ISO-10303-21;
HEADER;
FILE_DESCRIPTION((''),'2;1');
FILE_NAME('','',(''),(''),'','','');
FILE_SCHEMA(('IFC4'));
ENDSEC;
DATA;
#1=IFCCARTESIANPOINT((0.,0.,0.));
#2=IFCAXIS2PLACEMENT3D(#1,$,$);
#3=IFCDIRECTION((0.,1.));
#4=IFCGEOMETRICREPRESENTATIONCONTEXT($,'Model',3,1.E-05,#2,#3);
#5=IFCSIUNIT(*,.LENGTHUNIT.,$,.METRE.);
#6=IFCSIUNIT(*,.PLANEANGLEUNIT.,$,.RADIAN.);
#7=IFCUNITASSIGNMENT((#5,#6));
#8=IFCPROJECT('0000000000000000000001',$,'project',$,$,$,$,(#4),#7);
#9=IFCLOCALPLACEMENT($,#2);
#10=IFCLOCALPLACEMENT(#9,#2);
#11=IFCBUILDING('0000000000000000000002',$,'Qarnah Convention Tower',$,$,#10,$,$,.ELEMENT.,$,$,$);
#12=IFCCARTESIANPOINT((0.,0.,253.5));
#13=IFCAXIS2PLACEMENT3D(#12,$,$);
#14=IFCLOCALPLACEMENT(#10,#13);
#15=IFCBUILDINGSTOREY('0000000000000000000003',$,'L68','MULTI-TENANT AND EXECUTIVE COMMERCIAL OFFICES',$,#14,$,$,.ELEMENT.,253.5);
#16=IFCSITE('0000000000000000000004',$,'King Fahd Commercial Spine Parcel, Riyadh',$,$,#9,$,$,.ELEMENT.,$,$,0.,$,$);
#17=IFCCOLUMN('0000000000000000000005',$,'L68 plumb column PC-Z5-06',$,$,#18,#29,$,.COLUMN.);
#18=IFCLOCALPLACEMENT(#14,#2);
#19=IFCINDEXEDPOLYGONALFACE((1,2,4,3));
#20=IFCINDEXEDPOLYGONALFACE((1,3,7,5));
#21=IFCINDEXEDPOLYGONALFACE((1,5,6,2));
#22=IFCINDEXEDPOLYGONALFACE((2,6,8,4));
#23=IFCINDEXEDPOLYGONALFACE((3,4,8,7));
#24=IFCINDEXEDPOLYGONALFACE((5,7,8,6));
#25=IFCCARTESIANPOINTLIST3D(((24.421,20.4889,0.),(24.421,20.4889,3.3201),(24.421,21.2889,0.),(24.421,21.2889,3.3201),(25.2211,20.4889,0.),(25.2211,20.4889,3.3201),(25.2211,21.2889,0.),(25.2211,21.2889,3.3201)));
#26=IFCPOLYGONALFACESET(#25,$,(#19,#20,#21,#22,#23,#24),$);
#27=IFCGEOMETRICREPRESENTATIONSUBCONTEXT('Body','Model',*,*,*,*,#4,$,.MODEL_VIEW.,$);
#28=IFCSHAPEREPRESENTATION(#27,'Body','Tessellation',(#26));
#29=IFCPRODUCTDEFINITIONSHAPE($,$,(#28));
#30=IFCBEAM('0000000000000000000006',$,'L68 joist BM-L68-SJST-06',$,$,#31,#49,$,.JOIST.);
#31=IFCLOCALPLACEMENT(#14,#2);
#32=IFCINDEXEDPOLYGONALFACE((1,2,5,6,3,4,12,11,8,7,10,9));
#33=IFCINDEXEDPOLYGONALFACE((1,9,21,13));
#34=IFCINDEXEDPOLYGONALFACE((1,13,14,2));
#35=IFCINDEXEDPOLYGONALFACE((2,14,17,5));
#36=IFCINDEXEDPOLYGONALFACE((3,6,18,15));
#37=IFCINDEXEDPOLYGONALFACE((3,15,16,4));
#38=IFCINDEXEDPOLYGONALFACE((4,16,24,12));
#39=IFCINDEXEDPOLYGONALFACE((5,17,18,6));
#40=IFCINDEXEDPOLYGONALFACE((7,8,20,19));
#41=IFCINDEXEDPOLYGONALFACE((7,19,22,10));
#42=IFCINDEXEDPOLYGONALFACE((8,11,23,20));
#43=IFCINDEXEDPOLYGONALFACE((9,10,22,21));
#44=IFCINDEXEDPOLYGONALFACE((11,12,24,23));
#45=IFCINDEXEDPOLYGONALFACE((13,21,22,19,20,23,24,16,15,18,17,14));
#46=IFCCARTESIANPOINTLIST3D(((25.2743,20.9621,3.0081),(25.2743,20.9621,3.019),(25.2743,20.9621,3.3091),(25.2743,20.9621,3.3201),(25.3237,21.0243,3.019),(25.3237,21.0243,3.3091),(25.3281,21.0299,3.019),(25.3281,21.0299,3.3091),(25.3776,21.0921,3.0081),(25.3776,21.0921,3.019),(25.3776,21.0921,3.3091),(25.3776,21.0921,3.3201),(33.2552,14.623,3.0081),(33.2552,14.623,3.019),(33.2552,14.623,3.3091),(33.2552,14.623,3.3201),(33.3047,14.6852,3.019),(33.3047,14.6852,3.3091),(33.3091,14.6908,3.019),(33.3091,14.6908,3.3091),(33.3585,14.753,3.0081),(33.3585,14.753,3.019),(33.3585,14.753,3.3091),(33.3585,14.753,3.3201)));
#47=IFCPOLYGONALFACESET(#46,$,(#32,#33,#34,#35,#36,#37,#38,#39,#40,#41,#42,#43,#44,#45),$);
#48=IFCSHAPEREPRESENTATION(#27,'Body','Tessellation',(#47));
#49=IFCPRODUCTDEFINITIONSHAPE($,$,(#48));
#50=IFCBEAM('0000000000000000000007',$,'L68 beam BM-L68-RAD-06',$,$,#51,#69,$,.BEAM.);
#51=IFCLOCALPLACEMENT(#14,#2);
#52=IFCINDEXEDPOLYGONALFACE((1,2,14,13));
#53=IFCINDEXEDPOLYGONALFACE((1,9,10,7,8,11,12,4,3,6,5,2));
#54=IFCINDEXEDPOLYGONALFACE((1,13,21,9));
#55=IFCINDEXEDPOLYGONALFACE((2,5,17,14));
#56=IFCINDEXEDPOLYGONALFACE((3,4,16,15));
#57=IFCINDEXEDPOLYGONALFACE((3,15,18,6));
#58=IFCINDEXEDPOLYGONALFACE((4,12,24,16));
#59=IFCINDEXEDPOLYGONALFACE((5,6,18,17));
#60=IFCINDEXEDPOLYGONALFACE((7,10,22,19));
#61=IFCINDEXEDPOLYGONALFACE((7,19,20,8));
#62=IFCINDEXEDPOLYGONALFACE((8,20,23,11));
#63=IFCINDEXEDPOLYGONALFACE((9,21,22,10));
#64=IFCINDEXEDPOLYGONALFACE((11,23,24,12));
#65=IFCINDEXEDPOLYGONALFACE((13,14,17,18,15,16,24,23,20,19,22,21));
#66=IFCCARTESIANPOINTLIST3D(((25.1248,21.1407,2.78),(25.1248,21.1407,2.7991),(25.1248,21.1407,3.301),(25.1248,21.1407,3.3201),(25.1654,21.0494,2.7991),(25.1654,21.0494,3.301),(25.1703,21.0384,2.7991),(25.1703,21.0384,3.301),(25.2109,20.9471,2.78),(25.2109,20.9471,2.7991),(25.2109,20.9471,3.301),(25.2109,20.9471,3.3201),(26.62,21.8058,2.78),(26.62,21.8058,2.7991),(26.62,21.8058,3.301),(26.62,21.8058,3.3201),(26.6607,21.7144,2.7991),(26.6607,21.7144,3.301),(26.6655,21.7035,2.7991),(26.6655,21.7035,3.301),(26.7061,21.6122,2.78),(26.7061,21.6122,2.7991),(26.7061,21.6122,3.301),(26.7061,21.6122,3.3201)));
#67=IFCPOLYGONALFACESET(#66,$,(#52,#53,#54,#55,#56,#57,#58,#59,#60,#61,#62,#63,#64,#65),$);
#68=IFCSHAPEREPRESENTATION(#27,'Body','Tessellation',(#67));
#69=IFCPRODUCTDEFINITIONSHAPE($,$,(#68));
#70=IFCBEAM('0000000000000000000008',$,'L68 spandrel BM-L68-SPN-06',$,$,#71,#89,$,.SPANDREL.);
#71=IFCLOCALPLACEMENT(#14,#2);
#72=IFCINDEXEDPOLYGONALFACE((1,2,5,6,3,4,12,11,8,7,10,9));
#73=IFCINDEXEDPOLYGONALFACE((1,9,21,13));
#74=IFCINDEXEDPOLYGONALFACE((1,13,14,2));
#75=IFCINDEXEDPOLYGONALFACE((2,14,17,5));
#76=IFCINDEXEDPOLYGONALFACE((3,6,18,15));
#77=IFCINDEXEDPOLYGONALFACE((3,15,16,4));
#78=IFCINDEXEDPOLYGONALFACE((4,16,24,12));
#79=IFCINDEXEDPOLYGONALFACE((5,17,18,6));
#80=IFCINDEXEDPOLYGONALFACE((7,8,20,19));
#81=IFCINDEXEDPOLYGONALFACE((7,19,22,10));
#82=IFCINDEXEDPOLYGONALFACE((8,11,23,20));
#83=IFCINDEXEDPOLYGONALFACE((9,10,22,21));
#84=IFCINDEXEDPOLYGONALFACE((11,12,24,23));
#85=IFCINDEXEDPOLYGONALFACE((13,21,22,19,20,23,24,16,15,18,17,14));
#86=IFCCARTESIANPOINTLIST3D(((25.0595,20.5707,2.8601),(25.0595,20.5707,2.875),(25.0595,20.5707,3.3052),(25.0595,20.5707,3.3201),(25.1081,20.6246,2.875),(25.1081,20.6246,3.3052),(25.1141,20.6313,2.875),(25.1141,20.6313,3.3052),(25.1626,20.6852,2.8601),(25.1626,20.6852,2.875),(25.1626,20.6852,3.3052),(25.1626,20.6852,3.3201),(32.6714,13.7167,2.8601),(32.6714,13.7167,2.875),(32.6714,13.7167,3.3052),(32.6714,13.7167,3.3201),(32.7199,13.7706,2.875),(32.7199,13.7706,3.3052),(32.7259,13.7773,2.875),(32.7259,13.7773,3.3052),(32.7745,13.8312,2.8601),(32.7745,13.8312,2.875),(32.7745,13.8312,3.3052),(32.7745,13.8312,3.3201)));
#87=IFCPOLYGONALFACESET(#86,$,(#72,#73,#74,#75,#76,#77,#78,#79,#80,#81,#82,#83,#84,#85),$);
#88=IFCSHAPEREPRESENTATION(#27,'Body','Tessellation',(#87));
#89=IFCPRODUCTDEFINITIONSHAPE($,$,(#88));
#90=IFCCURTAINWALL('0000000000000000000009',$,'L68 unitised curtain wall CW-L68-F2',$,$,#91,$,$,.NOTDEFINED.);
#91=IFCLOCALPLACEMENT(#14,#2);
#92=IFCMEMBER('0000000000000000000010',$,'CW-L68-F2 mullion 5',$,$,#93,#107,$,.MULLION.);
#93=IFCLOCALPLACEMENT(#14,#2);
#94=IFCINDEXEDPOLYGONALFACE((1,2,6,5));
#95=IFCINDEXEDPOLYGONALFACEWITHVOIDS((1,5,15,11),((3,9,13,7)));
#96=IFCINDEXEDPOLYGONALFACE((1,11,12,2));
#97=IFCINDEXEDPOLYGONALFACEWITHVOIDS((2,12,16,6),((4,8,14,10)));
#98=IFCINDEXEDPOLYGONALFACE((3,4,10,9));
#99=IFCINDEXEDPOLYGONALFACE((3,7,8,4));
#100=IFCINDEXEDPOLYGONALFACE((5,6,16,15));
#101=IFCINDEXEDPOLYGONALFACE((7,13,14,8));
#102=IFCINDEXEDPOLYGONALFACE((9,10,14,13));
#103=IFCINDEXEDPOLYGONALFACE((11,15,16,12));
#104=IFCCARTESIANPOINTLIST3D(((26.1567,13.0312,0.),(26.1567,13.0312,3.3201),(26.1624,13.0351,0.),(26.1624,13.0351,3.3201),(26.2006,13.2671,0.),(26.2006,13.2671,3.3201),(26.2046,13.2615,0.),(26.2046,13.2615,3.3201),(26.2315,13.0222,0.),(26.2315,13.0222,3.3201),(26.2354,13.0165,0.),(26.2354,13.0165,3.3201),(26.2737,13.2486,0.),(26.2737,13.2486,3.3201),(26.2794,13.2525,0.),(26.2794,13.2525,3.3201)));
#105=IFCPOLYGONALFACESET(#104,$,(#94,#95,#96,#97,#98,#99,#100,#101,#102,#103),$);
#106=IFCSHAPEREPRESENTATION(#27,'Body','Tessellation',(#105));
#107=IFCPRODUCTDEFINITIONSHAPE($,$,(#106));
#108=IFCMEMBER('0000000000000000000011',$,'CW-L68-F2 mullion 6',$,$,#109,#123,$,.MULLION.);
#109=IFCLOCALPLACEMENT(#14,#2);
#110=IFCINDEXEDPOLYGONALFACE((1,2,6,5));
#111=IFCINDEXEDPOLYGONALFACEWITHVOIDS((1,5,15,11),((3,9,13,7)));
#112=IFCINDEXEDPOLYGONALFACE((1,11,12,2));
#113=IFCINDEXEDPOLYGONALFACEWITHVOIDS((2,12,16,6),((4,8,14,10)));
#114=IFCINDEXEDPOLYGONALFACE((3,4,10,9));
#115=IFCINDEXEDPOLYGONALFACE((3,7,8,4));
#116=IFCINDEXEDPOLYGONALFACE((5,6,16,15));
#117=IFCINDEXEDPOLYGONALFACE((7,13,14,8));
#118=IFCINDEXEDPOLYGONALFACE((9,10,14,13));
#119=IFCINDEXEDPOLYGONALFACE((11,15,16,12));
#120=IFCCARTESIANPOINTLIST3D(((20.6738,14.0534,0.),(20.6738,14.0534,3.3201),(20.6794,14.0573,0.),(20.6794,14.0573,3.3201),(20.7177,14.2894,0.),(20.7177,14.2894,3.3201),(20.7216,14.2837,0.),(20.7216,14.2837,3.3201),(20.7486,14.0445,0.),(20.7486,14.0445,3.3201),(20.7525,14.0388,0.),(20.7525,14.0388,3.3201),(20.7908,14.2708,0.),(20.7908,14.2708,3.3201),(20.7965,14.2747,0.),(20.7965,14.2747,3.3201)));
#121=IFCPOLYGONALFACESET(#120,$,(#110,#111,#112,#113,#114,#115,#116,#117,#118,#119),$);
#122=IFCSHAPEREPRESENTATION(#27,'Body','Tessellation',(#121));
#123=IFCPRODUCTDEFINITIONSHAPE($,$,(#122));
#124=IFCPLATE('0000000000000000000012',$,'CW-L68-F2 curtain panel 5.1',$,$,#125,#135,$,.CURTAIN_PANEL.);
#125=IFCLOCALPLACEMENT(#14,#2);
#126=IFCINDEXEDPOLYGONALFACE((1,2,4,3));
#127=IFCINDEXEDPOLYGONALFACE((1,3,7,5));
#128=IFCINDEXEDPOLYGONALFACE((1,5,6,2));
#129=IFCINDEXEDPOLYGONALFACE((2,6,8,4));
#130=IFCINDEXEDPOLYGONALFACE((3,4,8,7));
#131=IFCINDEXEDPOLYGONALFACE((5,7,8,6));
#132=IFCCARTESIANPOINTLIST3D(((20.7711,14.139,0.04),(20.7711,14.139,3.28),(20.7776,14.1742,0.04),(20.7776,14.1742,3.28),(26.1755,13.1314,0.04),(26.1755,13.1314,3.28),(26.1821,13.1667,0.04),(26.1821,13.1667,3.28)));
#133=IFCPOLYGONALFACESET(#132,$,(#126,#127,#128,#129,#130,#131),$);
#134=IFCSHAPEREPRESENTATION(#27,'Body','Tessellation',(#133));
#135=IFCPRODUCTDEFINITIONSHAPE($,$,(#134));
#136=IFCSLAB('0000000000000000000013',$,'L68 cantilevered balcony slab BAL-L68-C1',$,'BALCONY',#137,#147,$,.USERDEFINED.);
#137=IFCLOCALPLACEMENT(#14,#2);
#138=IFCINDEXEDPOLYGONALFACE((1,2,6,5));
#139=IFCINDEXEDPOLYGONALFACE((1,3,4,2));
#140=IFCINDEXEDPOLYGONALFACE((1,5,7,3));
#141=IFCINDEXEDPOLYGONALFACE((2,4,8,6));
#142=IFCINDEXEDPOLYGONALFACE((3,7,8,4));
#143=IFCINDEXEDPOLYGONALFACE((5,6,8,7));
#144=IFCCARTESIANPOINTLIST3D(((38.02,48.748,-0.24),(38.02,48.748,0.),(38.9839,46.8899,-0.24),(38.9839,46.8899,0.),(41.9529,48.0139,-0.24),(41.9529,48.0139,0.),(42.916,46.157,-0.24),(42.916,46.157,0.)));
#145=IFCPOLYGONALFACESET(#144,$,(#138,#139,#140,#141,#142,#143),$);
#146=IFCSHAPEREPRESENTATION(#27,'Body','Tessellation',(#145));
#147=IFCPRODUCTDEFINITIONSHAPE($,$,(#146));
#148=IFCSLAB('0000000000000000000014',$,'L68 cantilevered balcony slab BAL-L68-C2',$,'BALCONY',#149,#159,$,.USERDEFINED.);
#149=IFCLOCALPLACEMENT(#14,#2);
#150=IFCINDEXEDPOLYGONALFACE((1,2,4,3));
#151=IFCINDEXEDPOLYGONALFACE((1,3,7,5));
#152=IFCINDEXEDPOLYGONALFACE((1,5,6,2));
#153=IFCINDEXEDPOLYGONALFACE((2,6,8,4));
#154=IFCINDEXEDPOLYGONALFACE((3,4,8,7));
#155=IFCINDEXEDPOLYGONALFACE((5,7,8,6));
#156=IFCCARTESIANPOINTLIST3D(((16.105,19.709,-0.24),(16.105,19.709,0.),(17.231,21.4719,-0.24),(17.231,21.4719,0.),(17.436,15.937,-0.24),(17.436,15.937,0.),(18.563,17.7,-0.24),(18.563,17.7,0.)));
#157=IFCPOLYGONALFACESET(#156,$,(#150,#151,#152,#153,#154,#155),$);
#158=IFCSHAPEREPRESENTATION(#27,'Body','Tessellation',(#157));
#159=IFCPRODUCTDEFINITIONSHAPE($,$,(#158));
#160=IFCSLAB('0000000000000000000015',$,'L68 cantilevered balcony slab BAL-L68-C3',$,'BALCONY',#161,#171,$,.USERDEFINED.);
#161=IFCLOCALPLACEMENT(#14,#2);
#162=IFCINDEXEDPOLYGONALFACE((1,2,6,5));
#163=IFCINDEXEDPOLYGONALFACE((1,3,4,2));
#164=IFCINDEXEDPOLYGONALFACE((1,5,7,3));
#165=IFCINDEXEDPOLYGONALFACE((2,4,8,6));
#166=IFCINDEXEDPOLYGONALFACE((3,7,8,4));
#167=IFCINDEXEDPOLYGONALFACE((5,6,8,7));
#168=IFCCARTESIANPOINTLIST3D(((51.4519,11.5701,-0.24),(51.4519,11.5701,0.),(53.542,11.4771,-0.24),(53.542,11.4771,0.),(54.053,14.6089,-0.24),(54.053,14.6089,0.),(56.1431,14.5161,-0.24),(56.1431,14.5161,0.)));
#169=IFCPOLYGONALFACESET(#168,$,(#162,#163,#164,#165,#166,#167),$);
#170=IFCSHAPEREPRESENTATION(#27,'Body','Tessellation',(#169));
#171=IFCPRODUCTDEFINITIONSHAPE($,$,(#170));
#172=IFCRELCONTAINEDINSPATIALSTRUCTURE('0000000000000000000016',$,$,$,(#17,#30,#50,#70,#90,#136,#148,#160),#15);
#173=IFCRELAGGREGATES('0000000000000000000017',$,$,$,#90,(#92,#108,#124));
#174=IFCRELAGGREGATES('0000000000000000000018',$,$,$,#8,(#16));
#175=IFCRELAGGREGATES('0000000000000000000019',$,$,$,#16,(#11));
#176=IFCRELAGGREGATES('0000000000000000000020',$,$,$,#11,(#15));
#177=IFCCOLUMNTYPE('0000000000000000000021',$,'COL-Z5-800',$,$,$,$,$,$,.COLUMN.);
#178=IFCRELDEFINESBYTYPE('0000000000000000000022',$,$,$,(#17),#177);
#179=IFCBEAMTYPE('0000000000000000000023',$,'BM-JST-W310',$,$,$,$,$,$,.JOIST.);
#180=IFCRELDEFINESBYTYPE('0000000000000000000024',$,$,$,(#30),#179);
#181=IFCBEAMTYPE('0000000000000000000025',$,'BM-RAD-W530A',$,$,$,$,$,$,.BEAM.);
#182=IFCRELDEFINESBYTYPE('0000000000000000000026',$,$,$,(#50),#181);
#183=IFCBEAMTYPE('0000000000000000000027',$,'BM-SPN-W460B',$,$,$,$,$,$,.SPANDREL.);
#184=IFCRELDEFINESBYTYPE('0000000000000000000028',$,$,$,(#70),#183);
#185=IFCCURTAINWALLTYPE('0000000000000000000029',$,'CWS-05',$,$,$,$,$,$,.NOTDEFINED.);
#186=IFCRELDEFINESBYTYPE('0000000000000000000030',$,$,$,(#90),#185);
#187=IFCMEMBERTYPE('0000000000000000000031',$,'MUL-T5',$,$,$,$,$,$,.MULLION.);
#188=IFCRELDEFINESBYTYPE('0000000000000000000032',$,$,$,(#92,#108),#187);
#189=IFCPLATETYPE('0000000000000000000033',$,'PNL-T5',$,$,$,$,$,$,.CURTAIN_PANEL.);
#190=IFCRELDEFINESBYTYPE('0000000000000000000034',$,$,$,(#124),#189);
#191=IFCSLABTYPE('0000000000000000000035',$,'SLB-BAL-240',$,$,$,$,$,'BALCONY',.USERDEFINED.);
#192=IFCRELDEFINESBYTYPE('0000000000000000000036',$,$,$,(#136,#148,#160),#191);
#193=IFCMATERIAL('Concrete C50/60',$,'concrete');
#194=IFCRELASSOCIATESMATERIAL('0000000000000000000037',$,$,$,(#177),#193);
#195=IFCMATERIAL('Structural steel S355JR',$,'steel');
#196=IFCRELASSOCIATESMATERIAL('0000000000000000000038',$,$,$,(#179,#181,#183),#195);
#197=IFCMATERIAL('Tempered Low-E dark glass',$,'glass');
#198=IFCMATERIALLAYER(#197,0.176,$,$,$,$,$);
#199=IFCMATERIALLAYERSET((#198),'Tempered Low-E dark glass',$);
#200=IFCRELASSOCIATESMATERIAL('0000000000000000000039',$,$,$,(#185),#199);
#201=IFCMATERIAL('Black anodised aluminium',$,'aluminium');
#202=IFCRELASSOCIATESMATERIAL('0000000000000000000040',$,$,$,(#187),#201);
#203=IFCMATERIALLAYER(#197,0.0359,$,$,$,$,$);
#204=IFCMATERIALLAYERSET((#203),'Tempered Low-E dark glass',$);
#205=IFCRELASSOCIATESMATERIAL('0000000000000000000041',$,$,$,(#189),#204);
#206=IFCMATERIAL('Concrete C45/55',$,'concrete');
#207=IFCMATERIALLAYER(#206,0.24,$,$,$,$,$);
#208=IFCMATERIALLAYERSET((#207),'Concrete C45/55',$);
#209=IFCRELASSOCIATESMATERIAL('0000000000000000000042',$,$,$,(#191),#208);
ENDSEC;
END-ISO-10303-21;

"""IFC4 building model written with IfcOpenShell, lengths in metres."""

from ifc_helpers import new_model, si_unit, direction, frame, origin, origin_2d, place, context, subcontext, project, spatial, polyline, rectangle, hollow_rectangle, i_section, outline, extrude, material, layer, layer_set, material_profile, profile_set, type_object, element, aggregate, save


model = new_model("IFC4")

# Units and contexts
model_context = context("Model", 3, precision=1e-05, world=origin(), true_north=direction((0.0, 1.0)))
body_context = subcontext(model_context, "Body", "Model", "MODEL_VIEW")
ifc_project = project(units=[si_unit("LENGTHUNIT", "METRE"), si_unit("PLANEANGLEUNIT", "RADIAN")], contexts=[model_context])

# Site, building, storey
site_placement = place(None, origin())
site = spatial("IfcSite", under=ifc_project, at=site_placement, Name="King Fahd Commercial Spine Parcel, Riyadh", CompositionType="ELEMENT", RefElevation=0.0)
building_placement = place(site_placement, origin())
building = spatial("IfcBuilding", under=site, at=building_placement, Name="Qarnah Convention Tower", CompositionType="ELEMENT")
storey_placement = place(building_placement, frame((0.0, 0.0, 253.5)))
storey = spatial("IfcBuildingStorey", under=building, at=storey_placement, Name="L68", Description="MULTI-TENANT AND EXECUTIVE COMMERCIAL OFFICES", CompositionType="ELEMENT", Elevation=253.5)

# Column
ifc_material_1 = material(Name="Concrete C50/60", Category="concrete")
ifc_material_profile_1 = material_profile(ifc_material_1, rectangle(XDim=0.8, YDim=0.8, at=origin_2d()), Name="RC-COL-800X800")
ifc_profile_set_1 = profile_set([ifc_material_profile_1], Name="Concrete C50/60")
column_type = type_object("IfcColumnType", Name="COL-Z5-800", PredefinedType="COLUMN", material=ifc_profile_set_1)
column_placement = place(storey_placement, frame((24.821, 20.8889, 0.0), z_axis=(0.0, 0.0, 1.0), x_axis=(1.0, 0.0, 0.0)))
element("IfcColumn", 1, at=column_placement, inside=storey, type_object=column_type, Name="L68 plumb column PC-Z5-06", PredefinedType="COLUMN", context=body_context, shape_type="SweptSolid", body=[
    extrude(rectangle(XDim=0.8, YDim=0.8, at=origin_2d()), origin(), (0.0, 0.0, 1.0), 3.3201),
])

# Beams
ifc_material_2 = material(Name="Structural steel S355JR", Category="steel")
ifc_material_profile_2 = material_profile(ifc_material_2, i_section(OverallWidth=0.166, OverallDepth=0.312, WebThickness=0.0071, FlangeThickness=0.011, at=origin_2d()), Name="W310X45")
ifc_profile_set_2 = profile_set([ifc_material_profile_2], Name="Structural steel S355JR")
beam_type_1 = type_object("IfcBeamType", Name="BM-JST-W310", PredefinedType="JOIST", material=ifc_profile_set_2)
beam_1_placement = place(storey_placement, frame((25.3259, 21.0271, 3.1641), z_axis=(0.783049, -0.62196, 0.0), x_axis=(0.62196, 0.783049, 0.0)))
element("IfcBeam", 2, at=beam_1_placement, inside=storey, type_object=beam_type_1, Name="L68 joist BM-L68-SJST-06", PredefinedType="JOIST", context=body_context, shape_type="SweptSolid", body=[
    extrude(i_section(OverallWidth=0.166, OverallDepth=0.312, WebThickness=0.0071, FlangeThickness=0.011, at=origin_2d()), origin(), (0.0, 0.0, 1.0), 10.1921),
])
ifc_material_profile_3 = material_profile(ifc_material_2, i_section(OverallWidth=0.2119, OverallDepth=0.54, WebThickness=0.012, FlangeThickness=0.019, at=origin_2d()), Name="W530X109")
ifc_profile_set_3 = profile_set([ifc_material_profile_3], Name="Structural steel S355JR")
beam_type_2 = type_object("IfcBeamType", Name="BM-RAD-W530A", PredefinedType="BEAM", material=ifc_profile_set_3)
beam_2_placement = place(storey_placement, frame((26.6631, 21.709, 3.05), z_axis=(-0.913688, -0.406415, 0.0), x_axis=(0.406415, -0.913688, 0.0)))
element("IfcBeam", 3, at=beam_2_placement, inside=storey, type_object=beam_type_2, Name="L68 beam BM-L68-RAD-06", PredefinedType="BEAM", context=body_context, shape_type="SweptSolid", body=[
    extrude(i_section(OverallWidth=0.2119, OverallDepth=0.54, WebThickness=0.012, FlangeThickness=0.019, at=origin_2d()), origin(), (0.0, 0.0, 1.0), 1.6365),
])
ifc_material_profile_4 = material_profile(ifc_material_2, i_section(OverallWidth=0.1541, OverallDepth=0.46, WebThickness=0.009, FlangeThickness=0.0149, at=origin_2d()), Name="W460X68")
ifc_profile_set_4 = profile_set([ifc_material_profile_4], Name="Structural steel S355JR")
beam_type_3 = type_object("IfcBeamType", Name="BM-SPN-W460B", PredefinedType="SPANDREL", material=ifc_profile_set_4)
beam_3_placement = place(storey_placement, frame((25.1111, 20.6279, 3.0901), z_axis=(0.743131, -0.669146, 0.0), x_axis=(0.669146, 0.743131, 0.0)))
element("IfcBeam", 4, at=beam_3_placement, inside=storey, type_object=beam_type_3, Name="L68 spandrel BM-L68-SPN-06", PredefinedType="SPANDREL", context=body_context, shape_type="SweptSolid", body=[
    extrude(i_section(OverallWidth=0.1541, OverallDepth=0.46, WebThickness=0.009, FlangeThickness=0.0149, at=origin_2d()), origin(), (0.0, 0.0, 1.0), 10.2429),
])

# Curtain wall, members, plate
ifc_material_3 = material(Name="Tempered Low-E dark glass", Category="glass")
ifc_layer_1 = layer(ifc_material_3, 0.176)
ifc_layer_set_1 = layer_set([ifc_layer_1], Name="Tempered Low-E dark glass")
curtain_wall_type = type_object("IfcCurtainWallType", Name="CWS-05", PredefinedType="NOTDEFINED", material=ifc_layer_set_1)
curtain_wall_placement = place(storey_placement, origin())
curtain_wall = element("IfcCurtainWall", 5, at=curtain_wall_placement, inside=storey, type_object=curtain_wall_type, Name="L68 unitised curtain wall CW-L68-F2", PredefinedType="NOTDEFINED")
ifc_material_4 = material(Name="Black anodised aluminium", Category="aluminium")
ifc_material_profile_5 = material_profile(ifc_material_4, hollow_rectangle(XDim=0.0801, YDim=0.24, WallThickness=0.0049, at=origin_2d()), Name="MUL-80X240")
ifc_profile_set_5 = profile_set([ifc_material_profile_5], Name="Black anodised aluminium")
member_type = type_object("IfcMemberType", Name="MUL-T5", PredefinedType="MULLION", material=ifc_profile_set_5)
member_1_placement = place(storey_placement, frame((26.218, 13.1418, 0.0), z_axis=(0.0, 0.0, 1.0), x_axis=(-0.983062, 0.183273, 0.0)))
member_1 = element("IfcMember", 6, at=member_1_placement, type_object=member_type, Name="CW-L68-F2 mullion 5", PredefinedType="MULLION", context=body_context, shape_type="SweptSolid", body=[
    extrude(hollow_rectangle(XDim=0.0801, YDim=0.24, WallThickness=0.0049, at=origin_2d()), origin(), (0.0, 0.0, 1.0), 3.3201),
])
member_2_placement = place(storey_placement, frame((20.7351, 14.1641, 0.0), z_axis=(0.0, 0.0, 1.0), x_axis=(-0.983062, 0.183273, 0.0)))
member_2 = element("IfcMember", 7, at=member_2_placement, type_object=member_type, Name="CW-L68-F2 mullion 6", PredefinedType="MULLION", context=body_context, shape_type="SweptSolid", body=[
    extrude(hollow_rectangle(XDim=0.0801, YDim=0.24, WallThickness=0.0049, at=origin_2d()), origin(), (0.0, 0.0, 1.0), 3.3201),
])
ifc_layer_2 = layer(ifc_material_3, 0.0359)
ifc_layer_set_2 = layer_set([ifc_layer_2], Name="Tempered Low-E dark glass")
plate_type = type_object("IfcPlateType", Name="PNL-T5", PredefinedType="CURTAIN_PANEL", material=ifc_layer_set_2)
plate_placement = place(storey_placement, frame((23.4766, 13.6528, 0.04), z_axis=(0.0, 0.0, 1.0), x_axis=(-0.983062, 0.183273, 0.0)))
plate = element("IfcPlate", 8, at=plate_placement, type_object=plate_type, Name="CW-L68-F2 curtain panel 5.1", PredefinedType="CURTAIN_PANEL", context=body_context, shape_type="SweptSolid", body=[
    extrude(rectangle(XDim=5.4976, YDim=0.0359, at=origin_2d()), origin(), (0.0, 0.0, 1.0), 3.24),
])
aggregate(curtain_wall, [member_1, member_2, plate])

# Slabs
ifc_material_5 = material(Name="Concrete C45/55", Category="concrete")
ifc_layer_3 = layer(ifc_material_5, 0.24)
ifc_layer_set_3 = layer_set([ifc_layer_3], Name="Concrete C45/55")
slab_type_1 = type_object("IfcSlabType", Name="SLB-BAL-240", ElementType="BALCONY", PredefinedType="USERDEFINED", material=ifc_layer_set_3)
slab_1_placement = place(storey_placement, frame((0.0, 0.0, -0.24)))
element("IfcSlab", 9, at=slab_1_placement, inside=storey, type_object=slab_type_1, Name="L68 cantilevered balcony slab BAL-L68-C1", ObjectType="BALCONY", PredefinedType="USERDEFINED", context=body_context, shape_type="SweptSolid", body=[
    extrude(outline(polyline([(38.02, 48.748), (41.9529, 48.0139), (42.916, 46.157), (38.9839, 46.8899), (38.02, 48.748)])), origin(), (0.0, 0.0, 1.0), 0.24),
])
slab_2_placement = place(storey_placement, frame((0.0, 0.0, -0.24)))
element("IfcSlab", 10, at=slab_2_placement, inside=storey, type_object=slab_type_1, Name="L68 cantilevered balcony slab BAL-L68-C2", ObjectType="BALCONY", PredefinedType="USERDEFINED", context=body_context, shape_type="SweptSolid", body=[
    extrude(outline(polyline([(17.436, 15.937), (16.105, 19.709), (17.231, 21.4719), (18.563, 17.7), (17.436, 15.937)])), origin(), (0.0, 0.0, 1.0), 0.24),
])
slab_3_placement = place(storey_placement, frame((0.0, 0.0, -0.24)))
element("IfcSlab", 11, at=slab_3_placement, inside=storey, type_object=slab_type_1, Name="L68 cantilevered balcony slab BAL-L68-C3", ObjectType="BALCONY", PredefinedType="USERDEFINED", context=body_context, shape_type="SweptSolid", body=[
    extrude(outline(polyline([(56.1431, 14.5161), (53.542, 11.4771), (51.4519, 11.5701), (54.053, 14.6089), (56.1431, 14.5161)])), origin(), (0.0, 0.0, 1.0), 0.24),
])

save(model, "model.ifc")
